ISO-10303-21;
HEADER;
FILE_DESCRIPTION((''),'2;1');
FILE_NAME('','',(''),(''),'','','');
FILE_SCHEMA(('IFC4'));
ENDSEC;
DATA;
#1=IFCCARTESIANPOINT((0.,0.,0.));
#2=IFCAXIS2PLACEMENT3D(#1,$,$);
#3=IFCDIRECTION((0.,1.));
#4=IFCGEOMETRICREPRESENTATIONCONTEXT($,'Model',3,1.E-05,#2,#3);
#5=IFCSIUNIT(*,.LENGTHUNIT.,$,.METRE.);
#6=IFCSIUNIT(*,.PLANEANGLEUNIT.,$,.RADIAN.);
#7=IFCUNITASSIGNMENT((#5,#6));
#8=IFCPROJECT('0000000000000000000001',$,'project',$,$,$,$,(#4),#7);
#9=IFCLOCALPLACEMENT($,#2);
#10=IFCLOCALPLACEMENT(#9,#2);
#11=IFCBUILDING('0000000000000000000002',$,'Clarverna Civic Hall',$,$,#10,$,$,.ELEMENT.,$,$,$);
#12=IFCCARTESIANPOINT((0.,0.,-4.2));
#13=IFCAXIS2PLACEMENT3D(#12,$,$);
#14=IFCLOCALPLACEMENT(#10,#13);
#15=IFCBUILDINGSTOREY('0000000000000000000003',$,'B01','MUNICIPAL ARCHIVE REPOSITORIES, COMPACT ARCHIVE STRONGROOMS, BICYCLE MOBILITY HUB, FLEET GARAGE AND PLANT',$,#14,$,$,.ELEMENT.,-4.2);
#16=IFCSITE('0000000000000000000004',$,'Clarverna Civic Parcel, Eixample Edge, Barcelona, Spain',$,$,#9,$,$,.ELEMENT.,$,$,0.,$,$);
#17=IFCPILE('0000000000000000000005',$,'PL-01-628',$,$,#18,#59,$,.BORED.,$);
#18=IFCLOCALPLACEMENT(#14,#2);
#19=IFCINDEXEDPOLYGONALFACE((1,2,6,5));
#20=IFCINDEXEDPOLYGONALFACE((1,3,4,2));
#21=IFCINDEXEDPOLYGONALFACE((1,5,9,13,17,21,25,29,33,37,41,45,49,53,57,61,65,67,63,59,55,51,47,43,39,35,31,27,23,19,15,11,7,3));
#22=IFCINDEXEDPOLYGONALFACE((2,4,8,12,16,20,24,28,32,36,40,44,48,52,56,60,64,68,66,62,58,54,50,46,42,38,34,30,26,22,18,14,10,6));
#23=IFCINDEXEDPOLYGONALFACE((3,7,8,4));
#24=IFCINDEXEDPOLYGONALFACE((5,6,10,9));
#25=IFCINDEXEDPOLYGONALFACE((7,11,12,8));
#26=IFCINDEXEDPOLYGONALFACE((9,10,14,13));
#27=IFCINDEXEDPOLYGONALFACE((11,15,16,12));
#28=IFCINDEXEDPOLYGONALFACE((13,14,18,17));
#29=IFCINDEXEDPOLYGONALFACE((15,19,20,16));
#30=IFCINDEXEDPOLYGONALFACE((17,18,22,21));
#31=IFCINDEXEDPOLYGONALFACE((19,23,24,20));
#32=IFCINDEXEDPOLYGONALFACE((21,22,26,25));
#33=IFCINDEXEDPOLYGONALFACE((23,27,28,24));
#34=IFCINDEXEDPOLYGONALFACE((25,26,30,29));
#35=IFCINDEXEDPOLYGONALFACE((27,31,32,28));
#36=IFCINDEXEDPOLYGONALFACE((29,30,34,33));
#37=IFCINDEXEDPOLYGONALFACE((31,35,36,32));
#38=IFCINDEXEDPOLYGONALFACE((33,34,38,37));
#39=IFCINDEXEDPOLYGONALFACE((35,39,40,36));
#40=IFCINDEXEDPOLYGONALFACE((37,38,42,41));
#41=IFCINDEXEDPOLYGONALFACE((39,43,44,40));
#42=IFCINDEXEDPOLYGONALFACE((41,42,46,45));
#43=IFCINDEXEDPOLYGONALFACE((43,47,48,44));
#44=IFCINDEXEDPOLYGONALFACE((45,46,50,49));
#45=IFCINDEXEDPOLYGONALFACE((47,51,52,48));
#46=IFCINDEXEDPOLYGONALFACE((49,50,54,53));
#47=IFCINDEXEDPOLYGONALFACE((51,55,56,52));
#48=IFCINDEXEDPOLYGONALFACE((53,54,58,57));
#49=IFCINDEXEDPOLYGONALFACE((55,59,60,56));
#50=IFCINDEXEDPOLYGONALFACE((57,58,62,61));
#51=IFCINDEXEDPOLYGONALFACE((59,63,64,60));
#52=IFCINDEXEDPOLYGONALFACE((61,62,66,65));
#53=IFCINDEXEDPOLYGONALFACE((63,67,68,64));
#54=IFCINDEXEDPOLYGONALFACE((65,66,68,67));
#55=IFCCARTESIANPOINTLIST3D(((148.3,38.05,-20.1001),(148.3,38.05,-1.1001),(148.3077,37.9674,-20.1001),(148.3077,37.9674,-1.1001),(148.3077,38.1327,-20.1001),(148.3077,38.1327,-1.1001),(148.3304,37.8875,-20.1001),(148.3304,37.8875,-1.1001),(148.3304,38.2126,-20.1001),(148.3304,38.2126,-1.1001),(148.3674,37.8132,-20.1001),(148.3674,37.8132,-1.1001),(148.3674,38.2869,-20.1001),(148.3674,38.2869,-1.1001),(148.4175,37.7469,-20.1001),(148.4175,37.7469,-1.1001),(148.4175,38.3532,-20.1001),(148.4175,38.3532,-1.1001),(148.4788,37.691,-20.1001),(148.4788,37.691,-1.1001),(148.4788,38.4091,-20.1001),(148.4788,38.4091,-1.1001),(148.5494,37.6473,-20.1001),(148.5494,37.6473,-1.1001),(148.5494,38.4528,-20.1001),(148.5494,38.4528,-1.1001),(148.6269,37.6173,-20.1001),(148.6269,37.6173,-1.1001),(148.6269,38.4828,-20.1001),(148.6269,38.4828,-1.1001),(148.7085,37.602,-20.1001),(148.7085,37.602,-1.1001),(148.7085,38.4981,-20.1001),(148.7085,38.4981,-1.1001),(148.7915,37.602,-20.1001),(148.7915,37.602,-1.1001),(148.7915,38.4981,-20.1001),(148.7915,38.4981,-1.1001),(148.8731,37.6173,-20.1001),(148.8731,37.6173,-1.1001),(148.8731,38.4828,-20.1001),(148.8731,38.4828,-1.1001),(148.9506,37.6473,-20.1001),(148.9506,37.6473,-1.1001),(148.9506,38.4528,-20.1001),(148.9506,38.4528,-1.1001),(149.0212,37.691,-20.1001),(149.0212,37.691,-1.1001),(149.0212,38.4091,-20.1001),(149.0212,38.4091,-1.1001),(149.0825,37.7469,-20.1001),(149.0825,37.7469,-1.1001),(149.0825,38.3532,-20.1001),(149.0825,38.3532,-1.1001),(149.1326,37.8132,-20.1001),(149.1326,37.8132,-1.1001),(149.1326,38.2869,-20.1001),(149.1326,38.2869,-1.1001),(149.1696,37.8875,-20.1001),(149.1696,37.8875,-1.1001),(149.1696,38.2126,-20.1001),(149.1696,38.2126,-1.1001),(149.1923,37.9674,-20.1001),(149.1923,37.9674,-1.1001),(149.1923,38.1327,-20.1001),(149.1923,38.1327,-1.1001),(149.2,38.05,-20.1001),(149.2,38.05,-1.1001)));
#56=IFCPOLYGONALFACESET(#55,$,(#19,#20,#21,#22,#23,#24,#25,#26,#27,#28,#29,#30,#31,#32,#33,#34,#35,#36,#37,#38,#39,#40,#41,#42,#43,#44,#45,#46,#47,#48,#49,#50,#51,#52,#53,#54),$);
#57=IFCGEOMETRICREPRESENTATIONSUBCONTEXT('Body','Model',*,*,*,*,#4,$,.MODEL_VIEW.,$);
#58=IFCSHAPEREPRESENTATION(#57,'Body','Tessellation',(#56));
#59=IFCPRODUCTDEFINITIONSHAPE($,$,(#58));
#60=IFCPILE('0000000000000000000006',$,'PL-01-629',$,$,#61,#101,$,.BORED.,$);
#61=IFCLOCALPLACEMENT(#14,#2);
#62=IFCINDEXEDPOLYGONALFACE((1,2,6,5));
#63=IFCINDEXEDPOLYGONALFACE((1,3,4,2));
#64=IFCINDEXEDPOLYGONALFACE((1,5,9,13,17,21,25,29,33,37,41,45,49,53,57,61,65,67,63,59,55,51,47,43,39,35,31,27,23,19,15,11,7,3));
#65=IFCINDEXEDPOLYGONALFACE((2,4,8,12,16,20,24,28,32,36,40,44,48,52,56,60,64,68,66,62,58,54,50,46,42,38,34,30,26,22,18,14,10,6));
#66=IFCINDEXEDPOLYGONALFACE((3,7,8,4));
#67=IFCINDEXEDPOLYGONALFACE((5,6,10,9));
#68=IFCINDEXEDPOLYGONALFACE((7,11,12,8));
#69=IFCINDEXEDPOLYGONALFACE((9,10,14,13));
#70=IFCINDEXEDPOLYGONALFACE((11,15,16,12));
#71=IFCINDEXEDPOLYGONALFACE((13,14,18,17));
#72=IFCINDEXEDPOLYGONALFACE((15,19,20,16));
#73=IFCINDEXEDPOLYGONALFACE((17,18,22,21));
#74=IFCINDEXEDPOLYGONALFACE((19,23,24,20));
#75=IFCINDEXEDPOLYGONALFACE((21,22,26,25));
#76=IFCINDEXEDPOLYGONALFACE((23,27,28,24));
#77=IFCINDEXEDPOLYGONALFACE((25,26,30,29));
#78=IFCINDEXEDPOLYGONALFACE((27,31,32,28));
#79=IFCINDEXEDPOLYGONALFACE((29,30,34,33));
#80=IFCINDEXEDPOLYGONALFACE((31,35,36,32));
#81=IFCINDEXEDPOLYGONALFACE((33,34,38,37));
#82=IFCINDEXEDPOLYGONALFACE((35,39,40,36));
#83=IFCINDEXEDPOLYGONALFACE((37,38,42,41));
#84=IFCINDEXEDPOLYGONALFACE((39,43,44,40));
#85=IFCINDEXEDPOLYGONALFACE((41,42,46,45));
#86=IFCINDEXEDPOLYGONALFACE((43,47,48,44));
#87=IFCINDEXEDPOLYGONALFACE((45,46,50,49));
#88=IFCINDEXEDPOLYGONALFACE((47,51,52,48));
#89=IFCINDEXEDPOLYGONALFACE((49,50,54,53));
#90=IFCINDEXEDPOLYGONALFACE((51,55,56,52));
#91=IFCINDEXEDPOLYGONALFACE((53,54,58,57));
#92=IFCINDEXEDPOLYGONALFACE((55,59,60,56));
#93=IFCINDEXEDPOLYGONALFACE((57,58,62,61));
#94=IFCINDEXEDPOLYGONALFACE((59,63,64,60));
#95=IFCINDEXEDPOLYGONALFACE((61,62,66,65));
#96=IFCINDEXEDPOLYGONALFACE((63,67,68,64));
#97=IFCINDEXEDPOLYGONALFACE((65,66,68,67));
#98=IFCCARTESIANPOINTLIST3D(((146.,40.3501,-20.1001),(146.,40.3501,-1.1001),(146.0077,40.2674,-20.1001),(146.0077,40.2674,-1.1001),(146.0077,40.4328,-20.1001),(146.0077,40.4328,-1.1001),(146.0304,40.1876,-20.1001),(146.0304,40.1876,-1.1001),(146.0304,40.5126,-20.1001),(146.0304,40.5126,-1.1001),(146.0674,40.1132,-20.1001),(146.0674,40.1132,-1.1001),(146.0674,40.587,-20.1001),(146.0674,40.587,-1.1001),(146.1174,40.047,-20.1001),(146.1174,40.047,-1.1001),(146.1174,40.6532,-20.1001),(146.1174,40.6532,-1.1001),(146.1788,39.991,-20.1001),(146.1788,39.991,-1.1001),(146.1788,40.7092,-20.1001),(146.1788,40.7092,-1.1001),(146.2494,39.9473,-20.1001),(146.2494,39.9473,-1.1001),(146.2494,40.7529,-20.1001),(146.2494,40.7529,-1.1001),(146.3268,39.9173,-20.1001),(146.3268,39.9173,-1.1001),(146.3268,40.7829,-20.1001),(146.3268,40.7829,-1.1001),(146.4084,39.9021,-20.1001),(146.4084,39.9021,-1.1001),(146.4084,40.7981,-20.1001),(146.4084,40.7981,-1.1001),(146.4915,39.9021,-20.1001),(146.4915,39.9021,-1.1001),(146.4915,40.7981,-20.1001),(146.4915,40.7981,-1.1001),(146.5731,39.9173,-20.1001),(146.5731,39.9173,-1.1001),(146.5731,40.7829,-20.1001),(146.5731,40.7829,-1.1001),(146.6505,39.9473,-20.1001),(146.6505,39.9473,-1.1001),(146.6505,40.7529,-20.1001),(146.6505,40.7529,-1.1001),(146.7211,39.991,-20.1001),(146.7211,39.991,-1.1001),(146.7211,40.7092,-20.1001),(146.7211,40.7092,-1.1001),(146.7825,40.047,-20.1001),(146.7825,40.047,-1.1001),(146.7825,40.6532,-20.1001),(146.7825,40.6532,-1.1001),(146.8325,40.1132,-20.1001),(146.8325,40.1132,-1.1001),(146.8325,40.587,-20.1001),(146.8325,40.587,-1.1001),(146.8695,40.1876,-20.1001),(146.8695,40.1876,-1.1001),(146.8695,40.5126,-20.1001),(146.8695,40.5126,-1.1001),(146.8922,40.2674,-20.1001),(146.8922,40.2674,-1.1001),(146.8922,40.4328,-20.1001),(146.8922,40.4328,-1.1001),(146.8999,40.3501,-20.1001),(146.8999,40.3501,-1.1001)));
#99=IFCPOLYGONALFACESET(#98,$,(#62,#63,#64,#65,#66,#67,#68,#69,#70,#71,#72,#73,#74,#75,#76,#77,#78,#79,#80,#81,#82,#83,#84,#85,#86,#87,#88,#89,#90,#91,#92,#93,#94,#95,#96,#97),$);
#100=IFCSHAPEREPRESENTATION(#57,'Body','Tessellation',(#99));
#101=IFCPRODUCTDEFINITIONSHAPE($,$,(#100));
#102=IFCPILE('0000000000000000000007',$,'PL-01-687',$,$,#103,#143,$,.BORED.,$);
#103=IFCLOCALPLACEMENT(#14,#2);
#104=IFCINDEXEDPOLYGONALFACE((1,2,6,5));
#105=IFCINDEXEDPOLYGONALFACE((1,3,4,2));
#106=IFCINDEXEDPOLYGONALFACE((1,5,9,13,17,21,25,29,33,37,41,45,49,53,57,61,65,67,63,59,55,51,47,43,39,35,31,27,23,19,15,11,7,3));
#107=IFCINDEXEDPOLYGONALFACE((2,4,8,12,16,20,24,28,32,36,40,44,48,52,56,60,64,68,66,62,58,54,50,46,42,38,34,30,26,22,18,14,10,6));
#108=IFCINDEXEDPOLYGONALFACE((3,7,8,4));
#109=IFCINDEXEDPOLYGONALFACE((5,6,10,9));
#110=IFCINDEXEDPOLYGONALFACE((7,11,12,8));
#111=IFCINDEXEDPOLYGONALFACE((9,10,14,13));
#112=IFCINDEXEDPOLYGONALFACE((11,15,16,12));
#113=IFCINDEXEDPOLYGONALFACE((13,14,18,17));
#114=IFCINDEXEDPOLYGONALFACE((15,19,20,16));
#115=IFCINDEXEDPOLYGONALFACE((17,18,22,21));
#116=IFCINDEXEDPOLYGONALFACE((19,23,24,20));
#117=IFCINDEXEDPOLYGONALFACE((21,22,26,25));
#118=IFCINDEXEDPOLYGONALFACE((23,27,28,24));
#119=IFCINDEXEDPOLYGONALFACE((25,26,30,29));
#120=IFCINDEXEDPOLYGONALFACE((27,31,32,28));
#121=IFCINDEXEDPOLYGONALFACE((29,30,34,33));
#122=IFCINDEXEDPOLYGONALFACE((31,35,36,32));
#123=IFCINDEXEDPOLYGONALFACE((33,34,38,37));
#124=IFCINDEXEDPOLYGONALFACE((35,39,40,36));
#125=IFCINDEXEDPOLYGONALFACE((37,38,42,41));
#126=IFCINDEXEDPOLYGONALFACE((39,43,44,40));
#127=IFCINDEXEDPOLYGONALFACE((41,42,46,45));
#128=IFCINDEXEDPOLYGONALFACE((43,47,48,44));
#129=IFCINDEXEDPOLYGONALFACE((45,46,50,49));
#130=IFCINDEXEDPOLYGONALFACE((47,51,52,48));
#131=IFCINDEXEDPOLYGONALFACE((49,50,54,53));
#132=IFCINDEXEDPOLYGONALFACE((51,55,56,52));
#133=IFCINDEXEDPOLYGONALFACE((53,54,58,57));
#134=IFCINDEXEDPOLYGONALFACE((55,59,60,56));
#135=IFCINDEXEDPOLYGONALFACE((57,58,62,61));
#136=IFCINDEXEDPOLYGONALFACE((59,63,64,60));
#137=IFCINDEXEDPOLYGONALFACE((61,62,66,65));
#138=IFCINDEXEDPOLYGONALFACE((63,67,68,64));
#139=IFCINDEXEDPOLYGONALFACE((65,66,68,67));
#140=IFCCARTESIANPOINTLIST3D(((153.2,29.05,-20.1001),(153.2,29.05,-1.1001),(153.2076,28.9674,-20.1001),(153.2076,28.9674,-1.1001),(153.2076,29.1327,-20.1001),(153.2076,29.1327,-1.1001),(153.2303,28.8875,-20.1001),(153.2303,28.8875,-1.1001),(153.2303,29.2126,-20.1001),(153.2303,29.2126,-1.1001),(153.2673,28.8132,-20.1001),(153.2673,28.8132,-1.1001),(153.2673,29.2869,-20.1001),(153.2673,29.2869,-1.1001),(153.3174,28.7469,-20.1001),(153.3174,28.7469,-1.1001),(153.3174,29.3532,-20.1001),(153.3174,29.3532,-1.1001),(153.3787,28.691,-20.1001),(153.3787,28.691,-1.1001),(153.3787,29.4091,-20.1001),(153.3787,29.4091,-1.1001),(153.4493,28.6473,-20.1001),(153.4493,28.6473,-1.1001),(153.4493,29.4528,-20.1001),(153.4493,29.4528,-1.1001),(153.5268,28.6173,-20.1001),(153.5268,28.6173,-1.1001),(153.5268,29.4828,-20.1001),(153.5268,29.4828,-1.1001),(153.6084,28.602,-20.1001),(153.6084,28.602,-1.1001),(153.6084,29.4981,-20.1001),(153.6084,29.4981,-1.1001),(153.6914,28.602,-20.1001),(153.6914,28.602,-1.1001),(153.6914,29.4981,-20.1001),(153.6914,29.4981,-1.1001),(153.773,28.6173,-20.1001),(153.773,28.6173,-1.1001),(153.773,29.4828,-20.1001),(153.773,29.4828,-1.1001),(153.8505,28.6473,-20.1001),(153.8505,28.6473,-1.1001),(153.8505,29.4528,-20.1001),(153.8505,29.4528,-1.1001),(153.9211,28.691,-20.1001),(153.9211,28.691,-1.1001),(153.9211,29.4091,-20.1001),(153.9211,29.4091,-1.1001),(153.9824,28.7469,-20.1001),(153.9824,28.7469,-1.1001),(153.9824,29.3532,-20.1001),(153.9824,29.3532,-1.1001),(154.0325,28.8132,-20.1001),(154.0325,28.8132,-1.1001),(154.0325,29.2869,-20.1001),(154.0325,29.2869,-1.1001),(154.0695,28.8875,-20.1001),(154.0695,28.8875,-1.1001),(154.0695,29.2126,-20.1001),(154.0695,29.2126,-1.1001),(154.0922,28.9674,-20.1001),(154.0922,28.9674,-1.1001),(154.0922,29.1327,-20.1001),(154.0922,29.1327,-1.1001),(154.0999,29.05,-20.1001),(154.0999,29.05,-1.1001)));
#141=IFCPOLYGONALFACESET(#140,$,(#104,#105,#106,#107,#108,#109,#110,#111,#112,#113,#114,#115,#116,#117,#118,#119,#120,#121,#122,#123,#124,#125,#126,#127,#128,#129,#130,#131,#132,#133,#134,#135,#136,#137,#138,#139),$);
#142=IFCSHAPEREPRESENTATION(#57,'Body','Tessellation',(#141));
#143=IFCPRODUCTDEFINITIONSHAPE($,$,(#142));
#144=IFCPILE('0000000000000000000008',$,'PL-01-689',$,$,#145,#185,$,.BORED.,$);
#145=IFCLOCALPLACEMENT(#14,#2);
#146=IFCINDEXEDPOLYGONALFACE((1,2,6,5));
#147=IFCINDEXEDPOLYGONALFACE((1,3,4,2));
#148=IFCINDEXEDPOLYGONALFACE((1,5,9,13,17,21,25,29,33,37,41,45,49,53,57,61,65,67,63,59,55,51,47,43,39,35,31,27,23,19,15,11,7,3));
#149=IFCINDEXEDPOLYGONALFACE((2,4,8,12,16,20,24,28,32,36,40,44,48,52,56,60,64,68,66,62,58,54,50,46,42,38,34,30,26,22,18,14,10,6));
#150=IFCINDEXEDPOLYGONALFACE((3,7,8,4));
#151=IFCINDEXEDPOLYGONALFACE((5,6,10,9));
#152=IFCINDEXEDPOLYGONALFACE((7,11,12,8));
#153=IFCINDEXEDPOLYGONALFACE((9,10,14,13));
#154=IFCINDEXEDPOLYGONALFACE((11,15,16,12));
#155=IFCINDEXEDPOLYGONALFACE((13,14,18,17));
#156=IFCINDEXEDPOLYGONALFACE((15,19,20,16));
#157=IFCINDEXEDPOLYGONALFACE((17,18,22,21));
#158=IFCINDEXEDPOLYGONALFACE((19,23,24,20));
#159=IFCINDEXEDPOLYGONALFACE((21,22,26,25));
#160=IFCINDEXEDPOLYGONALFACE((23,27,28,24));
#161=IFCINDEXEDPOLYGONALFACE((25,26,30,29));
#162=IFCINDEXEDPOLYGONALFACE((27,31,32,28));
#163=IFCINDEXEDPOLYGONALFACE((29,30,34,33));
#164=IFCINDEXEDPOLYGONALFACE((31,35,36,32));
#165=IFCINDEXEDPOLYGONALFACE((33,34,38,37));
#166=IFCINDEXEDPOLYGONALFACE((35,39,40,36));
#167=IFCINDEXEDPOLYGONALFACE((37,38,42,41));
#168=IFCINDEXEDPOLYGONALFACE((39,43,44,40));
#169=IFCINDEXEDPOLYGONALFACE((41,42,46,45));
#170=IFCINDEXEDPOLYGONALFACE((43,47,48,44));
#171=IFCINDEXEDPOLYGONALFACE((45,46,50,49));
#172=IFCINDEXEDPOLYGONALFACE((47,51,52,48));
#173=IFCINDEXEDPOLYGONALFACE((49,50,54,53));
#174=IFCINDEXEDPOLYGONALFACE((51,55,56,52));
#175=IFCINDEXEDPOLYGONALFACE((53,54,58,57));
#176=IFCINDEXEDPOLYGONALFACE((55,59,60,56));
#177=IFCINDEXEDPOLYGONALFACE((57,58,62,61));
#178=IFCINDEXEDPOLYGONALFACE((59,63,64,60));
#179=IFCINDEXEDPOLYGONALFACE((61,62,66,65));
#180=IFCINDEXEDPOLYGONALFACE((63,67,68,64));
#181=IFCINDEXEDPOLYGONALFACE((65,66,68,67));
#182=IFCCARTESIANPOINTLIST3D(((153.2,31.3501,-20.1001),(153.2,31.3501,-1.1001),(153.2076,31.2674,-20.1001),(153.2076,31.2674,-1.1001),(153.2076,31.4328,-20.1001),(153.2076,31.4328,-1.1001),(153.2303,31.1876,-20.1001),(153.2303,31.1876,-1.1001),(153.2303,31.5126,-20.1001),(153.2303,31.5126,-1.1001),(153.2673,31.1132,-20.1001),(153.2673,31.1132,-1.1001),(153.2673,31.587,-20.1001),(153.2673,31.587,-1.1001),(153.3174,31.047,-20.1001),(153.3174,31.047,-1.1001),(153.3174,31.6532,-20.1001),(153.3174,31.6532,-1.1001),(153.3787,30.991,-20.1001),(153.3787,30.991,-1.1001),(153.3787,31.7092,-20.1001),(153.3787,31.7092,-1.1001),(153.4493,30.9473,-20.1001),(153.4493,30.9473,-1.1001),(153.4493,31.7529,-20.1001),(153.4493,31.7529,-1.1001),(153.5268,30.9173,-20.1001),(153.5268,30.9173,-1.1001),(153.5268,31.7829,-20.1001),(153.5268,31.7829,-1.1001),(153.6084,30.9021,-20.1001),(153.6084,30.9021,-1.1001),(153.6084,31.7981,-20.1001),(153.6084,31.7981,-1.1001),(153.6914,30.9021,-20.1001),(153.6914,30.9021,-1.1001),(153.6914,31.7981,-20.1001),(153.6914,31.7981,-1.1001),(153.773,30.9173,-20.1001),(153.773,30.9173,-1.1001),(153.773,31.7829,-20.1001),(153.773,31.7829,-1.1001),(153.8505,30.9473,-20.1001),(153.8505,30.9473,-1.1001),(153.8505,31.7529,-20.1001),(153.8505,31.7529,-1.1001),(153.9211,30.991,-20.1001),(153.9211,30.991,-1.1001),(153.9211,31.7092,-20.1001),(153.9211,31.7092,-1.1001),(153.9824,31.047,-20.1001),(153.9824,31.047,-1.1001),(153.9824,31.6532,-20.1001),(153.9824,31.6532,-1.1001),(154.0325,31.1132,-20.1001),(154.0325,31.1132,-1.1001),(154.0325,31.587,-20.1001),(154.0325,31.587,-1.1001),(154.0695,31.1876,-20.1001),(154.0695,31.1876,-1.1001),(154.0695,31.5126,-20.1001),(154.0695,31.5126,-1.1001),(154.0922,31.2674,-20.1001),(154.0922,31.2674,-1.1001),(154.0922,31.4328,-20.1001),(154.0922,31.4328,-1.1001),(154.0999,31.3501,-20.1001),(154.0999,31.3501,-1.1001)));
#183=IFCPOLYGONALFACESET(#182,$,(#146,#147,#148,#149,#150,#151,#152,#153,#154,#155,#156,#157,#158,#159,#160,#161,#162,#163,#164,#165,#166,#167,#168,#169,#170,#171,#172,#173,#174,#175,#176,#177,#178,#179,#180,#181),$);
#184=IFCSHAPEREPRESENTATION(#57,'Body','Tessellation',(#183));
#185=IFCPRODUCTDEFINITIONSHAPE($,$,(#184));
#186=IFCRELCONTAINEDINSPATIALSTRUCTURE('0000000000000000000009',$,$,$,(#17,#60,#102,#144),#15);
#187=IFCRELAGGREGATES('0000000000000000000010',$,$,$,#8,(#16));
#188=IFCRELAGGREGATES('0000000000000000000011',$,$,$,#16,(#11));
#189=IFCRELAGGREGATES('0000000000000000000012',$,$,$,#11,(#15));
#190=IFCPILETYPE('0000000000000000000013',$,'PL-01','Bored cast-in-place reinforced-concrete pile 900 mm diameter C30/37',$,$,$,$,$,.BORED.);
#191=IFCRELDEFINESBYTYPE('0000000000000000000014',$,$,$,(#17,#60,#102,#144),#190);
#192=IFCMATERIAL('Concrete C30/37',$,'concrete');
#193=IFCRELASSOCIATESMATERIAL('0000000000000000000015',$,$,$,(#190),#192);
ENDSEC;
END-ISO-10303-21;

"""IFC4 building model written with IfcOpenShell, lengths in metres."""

from ifc_helpers import new_model, si_unit, direction, frame, origin, origin_2d, place, context, subcontext, project, spatial, circle, extrude, material, material_profile, profile_set, type_object, element, save


model = new_model("IFC4")

# Units and contexts
model_context = context("Model", 3, precision=1e-05, world=origin(), true_north=direction((0.0, 1.0)))
body_context = subcontext(model_context, "Body", "Model", "MODEL_VIEW")
ifc_project = project(units=[si_unit("LENGTHUNIT", "METRE"), si_unit("PLANEANGLEUNIT", "RADIAN")], contexts=[model_context])

# Site, building, storey
site_placement = place(None, origin())
site = spatial("IfcSite", under=ifc_project, at=site_placement, Name="Clarverna Civic Parcel, Eixample Edge, Barcelona, Spain", CompositionType="ELEMENT", RefElevation=0.0)
building_placement = place(site_placement, origin())
building = spatial("IfcBuilding", under=site, at=building_placement, Name="Clarverna Civic Hall", CompositionType="ELEMENT")
storey_placement = place(building_placement, frame((0.0, 0.0, -4.2)))
storey = spatial("IfcBuildingStorey", under=building, at=storey_placement, Name="B01", Description="MUNICIPAL ARCHIVE REPOSITORIES, COMPACT ARCHIVE STRONGROOMS, BICYCLE MOBILITY HUB, FLEET GARAGE AND PLANT", CompositionType="ELEMENT", Elevation=-4.2)

# Shared definitions
ifc_material_1 = material(Name="Concrete C30/37", Category="concrete")

# Piles
ifc_material_profile_1 = material_profile(ifc_material_1, circle(Radius=0.45, at=origin_2d()), Name="BORED PILE D900")
ifc_profile_set_1 = profile_set([ifc_material_profile_1], Name="Concrete C30/37")
pile_type = type_object("IfcPileType", Name="PL-01", Description="Bored cast-in-place reinforced-concrete pile 900 mm diameter C30/37", PredefinedType="BORED", material=ifc_profile_set_1)
for number, where, z_axis, x_axis, name in (
    (1, (148.75, 38.05, -1.1001), (0.0, 0.0, -1.0), (1.0, 0.0, 0.0), "PL-01-628"),
    (2, (146.45, 40.3501, -1.1001), (0.0, 0.0, -1.0), (1.0, 0.0, 0.0), "PL-01-629"),
    (3, (153.6499, 29.05, -1.1001), (0.0, 0.0, -1.0), (1.0, 0.0, 0.0), "PL-01-687"),
    (4, (153.6499, 31.3501, -1.1001), (0.0, 0.0, -1.0), (1.0, 0.0, 0.0), "PL-01-689"),
):
    element("IfcPile", number, at=place(storey_placement, frame(where, z_axis=z_axis, x_axis=x_axis)), inside=storey, type_object=pile_type, Name=name, PredefinedType="BORED", context=body_context, shape_type="SweptSolid", body=[
        extrude(circle(Radius=0.45, at=origin_2d()), origin(), (0.0, 0.0, 1.0), 19.0),
    ])

save(model, "model.ifc")
